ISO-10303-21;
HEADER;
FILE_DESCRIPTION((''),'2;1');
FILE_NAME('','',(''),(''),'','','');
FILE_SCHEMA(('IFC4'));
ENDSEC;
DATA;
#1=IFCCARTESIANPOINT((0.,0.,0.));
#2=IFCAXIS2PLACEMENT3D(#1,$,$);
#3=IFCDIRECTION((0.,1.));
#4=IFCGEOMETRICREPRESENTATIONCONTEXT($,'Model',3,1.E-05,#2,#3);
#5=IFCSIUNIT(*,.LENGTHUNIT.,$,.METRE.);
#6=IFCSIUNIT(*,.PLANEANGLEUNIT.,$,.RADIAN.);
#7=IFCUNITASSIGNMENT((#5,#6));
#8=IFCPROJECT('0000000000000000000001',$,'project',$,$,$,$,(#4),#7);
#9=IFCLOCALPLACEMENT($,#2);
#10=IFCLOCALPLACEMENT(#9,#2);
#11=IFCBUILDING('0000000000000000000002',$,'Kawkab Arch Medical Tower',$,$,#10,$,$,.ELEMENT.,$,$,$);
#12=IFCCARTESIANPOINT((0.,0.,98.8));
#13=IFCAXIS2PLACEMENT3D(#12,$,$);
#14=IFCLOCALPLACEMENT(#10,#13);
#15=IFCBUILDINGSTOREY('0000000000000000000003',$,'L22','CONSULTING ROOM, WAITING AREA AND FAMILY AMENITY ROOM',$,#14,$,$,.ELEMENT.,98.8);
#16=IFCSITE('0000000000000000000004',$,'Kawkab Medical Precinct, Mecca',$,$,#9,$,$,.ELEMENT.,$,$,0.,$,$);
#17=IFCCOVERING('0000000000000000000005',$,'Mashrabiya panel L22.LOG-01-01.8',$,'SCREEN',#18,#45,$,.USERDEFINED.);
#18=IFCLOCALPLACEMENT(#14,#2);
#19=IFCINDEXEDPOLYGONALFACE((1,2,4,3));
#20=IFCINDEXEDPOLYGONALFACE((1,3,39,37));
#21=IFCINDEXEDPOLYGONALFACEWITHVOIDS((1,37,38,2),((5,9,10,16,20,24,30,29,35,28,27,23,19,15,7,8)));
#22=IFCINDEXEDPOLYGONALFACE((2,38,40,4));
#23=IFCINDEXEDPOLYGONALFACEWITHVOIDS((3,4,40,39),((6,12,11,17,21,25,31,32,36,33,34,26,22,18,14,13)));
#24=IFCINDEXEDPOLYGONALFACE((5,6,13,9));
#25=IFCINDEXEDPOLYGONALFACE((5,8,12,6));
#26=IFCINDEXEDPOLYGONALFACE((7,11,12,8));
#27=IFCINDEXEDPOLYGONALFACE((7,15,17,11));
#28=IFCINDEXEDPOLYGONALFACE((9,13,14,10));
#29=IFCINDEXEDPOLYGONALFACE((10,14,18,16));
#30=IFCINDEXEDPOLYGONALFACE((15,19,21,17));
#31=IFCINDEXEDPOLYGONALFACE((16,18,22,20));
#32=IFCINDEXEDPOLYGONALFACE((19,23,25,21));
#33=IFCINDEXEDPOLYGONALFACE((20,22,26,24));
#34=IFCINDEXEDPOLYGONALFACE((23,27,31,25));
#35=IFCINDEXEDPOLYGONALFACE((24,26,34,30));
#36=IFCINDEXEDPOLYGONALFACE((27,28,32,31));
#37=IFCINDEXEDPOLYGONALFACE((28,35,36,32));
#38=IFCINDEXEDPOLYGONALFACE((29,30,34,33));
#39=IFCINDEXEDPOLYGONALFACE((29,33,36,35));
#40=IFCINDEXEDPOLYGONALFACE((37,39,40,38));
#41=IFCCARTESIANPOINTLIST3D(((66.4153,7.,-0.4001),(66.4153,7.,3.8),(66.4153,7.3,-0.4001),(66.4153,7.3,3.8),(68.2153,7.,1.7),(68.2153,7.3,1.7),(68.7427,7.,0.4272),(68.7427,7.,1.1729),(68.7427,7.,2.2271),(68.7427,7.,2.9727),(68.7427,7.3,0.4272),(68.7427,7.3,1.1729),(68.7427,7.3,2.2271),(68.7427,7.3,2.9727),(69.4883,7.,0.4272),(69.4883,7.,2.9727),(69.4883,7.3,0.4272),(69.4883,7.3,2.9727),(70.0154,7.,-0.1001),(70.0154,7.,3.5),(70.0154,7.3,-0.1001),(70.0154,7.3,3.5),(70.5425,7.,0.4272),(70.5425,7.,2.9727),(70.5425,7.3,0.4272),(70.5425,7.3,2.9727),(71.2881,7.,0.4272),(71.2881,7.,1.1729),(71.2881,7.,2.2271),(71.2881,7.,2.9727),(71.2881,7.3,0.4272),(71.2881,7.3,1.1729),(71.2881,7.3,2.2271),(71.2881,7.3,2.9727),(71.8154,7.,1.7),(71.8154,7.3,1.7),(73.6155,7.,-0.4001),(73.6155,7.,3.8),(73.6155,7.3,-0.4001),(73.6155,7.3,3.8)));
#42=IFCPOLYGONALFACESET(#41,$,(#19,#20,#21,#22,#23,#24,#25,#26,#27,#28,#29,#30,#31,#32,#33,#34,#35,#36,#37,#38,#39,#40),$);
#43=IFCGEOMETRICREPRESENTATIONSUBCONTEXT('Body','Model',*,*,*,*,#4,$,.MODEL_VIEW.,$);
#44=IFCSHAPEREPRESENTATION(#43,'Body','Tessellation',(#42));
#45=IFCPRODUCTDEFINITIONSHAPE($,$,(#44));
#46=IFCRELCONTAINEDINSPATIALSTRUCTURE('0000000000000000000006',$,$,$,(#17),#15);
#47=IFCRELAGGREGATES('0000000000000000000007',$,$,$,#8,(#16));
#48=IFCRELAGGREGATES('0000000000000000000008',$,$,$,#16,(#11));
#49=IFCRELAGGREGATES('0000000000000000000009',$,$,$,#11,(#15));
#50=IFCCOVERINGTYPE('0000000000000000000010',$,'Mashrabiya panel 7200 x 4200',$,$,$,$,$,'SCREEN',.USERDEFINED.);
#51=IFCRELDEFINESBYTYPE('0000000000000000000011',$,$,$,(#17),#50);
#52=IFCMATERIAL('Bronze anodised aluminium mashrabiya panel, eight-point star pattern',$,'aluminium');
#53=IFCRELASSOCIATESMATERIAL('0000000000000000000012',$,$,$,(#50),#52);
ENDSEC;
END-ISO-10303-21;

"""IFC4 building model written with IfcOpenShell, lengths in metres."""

from ifc_helpers import new_model, si_unit, direction, frame, origin, place, context, subcontext, project, spatial, polyline, outline, extrude, material, material_profile, profile_set, type_object, element, save


model = new_model("IFC4")

# Units and contexts
model_context = context("Model", 3, precision=1e-05, world=origin(), true_north=direction((0.0, 1.0)))
body_context = subcontext(model_context, "Body", "Model", "MODEL_VIEW")
ifc_project = project(units=[si_unit("LENGTHUNIT", "METRE"), si_unit("PLANEANGLEUNIT", "RADIAN")], contexts=[model_context])

# Site, building, storey
site_placement = place(None, origin())
site = spatial("IfcSite", under=ifc_project, at=site_placement, Name="Kawkab Medical Precinct, Mecca", CompositionType="ELEMENT", RefElevation=0.0)
building_placement = place(site_placement, origin())
building = spatial("IfcBuilding", under=site, at=building_placement, Name="Kawkab Arch Medical Tower", CompositionType="ELEMENT")
storey_placement = place(building_placement, frame((0.0, 0.0, 98.8)))
storey = spatial("IfcBuildingStorey", under=building, at=storey_placement, Name="L22", Description="CONSULTING ROOM, WAITING AREA AND FAMILY AMENITY ROOM", CompositionType="ELEMENT", Elevation=98.8)

# Covering
ifc_material_1 = material(Name="Bronze anodised aluminium mashrabiya panel, eight-point star pattern", Category="aluminium")
ifc_material_profile_1 = material_profile(ifc_material_1, outline(polyline([(-3.6001, -2.1001), (3.6001, -2.1001), (3.6001, 2.1001), (-3.6001, 2.1001), (-3.6001, -2.1001)]), holes=[polyline([(1.8, 0.0), (1.2727, 0.5271), (1.2727, 1.2727), (0.5271, 1.2727), (0.0, 1.8), (-0.5271, 1.2727), (-1.2727, 1.2727), (-1.2727, 0.5271), (-1.8, 0.0), (-1.2727, -0.5271), (-1.2727, -1.2727), (-0.5271, -1.2727), (0.0, -1.8), (0.5271, -1.2727), (1.2727, -1.2727), (1.2727, -0.5271), (1.8, 0.0)])]), Name="Mashrabiya panel 7200x4200")
ifc_profile_set_1 = profile_set([ifc_material_profile_1], Name="Bronze anodised aluminium mashrabiya panel, eight-point star pattern")
covering_type_1 = type_object("IfcCoveringType", Name="Mashrabiya panel 7200 x 4200", ElementType="SCREEN", PredefinedType="USERDEFINED", material=ifc_profile_set_1)
covering_1_placement = place(storey_placement, frame((70.0154, 7.0, 1.7), z_axis=(0.0, 1.0, 0.0), x_axis=(-1.0, 0.0, 0.0)))
element("IfcCovering", 1, at=covering_1_placement, inside=storey, type_object=covering_type_1, Name="Mashrabiya panel L22.LOG-01-01.8", ObjectType="SCREEN", PredefinedType="USERDEFINED", context=body_context, shape_type="SweptSolid", body=[
    extrude(outline(polyline([(-3.6001, -2.1001), (3.6001, -2.1001), (3.6001, 2.1001), (-3.6001, 2.1001), (-3.6001, -2.1001)]), holes=[polyline([(1.8, 0.0), (1.2727, 0.5271), (1.2727, 1.2727), (0.5271, 1.2727), (0.0, 1.8), (-0.5271, 1.2727), (-1.2727, 1.2727), (-1.2727, 0.5271), (-1.8, 0.0), (-1.2727, -0.5271), (-1.2727, -1.2727), (-0.5271, -1.2727), (0.0, -1.8), (0.5271, -1.2727), (1.2727, -1.2727), (1.2727, -0.5271), (1.8, 0.0)])]), origin(), (0.0, 0.0, 1.0), 0.3),
])

save(model, "model.ifc")
